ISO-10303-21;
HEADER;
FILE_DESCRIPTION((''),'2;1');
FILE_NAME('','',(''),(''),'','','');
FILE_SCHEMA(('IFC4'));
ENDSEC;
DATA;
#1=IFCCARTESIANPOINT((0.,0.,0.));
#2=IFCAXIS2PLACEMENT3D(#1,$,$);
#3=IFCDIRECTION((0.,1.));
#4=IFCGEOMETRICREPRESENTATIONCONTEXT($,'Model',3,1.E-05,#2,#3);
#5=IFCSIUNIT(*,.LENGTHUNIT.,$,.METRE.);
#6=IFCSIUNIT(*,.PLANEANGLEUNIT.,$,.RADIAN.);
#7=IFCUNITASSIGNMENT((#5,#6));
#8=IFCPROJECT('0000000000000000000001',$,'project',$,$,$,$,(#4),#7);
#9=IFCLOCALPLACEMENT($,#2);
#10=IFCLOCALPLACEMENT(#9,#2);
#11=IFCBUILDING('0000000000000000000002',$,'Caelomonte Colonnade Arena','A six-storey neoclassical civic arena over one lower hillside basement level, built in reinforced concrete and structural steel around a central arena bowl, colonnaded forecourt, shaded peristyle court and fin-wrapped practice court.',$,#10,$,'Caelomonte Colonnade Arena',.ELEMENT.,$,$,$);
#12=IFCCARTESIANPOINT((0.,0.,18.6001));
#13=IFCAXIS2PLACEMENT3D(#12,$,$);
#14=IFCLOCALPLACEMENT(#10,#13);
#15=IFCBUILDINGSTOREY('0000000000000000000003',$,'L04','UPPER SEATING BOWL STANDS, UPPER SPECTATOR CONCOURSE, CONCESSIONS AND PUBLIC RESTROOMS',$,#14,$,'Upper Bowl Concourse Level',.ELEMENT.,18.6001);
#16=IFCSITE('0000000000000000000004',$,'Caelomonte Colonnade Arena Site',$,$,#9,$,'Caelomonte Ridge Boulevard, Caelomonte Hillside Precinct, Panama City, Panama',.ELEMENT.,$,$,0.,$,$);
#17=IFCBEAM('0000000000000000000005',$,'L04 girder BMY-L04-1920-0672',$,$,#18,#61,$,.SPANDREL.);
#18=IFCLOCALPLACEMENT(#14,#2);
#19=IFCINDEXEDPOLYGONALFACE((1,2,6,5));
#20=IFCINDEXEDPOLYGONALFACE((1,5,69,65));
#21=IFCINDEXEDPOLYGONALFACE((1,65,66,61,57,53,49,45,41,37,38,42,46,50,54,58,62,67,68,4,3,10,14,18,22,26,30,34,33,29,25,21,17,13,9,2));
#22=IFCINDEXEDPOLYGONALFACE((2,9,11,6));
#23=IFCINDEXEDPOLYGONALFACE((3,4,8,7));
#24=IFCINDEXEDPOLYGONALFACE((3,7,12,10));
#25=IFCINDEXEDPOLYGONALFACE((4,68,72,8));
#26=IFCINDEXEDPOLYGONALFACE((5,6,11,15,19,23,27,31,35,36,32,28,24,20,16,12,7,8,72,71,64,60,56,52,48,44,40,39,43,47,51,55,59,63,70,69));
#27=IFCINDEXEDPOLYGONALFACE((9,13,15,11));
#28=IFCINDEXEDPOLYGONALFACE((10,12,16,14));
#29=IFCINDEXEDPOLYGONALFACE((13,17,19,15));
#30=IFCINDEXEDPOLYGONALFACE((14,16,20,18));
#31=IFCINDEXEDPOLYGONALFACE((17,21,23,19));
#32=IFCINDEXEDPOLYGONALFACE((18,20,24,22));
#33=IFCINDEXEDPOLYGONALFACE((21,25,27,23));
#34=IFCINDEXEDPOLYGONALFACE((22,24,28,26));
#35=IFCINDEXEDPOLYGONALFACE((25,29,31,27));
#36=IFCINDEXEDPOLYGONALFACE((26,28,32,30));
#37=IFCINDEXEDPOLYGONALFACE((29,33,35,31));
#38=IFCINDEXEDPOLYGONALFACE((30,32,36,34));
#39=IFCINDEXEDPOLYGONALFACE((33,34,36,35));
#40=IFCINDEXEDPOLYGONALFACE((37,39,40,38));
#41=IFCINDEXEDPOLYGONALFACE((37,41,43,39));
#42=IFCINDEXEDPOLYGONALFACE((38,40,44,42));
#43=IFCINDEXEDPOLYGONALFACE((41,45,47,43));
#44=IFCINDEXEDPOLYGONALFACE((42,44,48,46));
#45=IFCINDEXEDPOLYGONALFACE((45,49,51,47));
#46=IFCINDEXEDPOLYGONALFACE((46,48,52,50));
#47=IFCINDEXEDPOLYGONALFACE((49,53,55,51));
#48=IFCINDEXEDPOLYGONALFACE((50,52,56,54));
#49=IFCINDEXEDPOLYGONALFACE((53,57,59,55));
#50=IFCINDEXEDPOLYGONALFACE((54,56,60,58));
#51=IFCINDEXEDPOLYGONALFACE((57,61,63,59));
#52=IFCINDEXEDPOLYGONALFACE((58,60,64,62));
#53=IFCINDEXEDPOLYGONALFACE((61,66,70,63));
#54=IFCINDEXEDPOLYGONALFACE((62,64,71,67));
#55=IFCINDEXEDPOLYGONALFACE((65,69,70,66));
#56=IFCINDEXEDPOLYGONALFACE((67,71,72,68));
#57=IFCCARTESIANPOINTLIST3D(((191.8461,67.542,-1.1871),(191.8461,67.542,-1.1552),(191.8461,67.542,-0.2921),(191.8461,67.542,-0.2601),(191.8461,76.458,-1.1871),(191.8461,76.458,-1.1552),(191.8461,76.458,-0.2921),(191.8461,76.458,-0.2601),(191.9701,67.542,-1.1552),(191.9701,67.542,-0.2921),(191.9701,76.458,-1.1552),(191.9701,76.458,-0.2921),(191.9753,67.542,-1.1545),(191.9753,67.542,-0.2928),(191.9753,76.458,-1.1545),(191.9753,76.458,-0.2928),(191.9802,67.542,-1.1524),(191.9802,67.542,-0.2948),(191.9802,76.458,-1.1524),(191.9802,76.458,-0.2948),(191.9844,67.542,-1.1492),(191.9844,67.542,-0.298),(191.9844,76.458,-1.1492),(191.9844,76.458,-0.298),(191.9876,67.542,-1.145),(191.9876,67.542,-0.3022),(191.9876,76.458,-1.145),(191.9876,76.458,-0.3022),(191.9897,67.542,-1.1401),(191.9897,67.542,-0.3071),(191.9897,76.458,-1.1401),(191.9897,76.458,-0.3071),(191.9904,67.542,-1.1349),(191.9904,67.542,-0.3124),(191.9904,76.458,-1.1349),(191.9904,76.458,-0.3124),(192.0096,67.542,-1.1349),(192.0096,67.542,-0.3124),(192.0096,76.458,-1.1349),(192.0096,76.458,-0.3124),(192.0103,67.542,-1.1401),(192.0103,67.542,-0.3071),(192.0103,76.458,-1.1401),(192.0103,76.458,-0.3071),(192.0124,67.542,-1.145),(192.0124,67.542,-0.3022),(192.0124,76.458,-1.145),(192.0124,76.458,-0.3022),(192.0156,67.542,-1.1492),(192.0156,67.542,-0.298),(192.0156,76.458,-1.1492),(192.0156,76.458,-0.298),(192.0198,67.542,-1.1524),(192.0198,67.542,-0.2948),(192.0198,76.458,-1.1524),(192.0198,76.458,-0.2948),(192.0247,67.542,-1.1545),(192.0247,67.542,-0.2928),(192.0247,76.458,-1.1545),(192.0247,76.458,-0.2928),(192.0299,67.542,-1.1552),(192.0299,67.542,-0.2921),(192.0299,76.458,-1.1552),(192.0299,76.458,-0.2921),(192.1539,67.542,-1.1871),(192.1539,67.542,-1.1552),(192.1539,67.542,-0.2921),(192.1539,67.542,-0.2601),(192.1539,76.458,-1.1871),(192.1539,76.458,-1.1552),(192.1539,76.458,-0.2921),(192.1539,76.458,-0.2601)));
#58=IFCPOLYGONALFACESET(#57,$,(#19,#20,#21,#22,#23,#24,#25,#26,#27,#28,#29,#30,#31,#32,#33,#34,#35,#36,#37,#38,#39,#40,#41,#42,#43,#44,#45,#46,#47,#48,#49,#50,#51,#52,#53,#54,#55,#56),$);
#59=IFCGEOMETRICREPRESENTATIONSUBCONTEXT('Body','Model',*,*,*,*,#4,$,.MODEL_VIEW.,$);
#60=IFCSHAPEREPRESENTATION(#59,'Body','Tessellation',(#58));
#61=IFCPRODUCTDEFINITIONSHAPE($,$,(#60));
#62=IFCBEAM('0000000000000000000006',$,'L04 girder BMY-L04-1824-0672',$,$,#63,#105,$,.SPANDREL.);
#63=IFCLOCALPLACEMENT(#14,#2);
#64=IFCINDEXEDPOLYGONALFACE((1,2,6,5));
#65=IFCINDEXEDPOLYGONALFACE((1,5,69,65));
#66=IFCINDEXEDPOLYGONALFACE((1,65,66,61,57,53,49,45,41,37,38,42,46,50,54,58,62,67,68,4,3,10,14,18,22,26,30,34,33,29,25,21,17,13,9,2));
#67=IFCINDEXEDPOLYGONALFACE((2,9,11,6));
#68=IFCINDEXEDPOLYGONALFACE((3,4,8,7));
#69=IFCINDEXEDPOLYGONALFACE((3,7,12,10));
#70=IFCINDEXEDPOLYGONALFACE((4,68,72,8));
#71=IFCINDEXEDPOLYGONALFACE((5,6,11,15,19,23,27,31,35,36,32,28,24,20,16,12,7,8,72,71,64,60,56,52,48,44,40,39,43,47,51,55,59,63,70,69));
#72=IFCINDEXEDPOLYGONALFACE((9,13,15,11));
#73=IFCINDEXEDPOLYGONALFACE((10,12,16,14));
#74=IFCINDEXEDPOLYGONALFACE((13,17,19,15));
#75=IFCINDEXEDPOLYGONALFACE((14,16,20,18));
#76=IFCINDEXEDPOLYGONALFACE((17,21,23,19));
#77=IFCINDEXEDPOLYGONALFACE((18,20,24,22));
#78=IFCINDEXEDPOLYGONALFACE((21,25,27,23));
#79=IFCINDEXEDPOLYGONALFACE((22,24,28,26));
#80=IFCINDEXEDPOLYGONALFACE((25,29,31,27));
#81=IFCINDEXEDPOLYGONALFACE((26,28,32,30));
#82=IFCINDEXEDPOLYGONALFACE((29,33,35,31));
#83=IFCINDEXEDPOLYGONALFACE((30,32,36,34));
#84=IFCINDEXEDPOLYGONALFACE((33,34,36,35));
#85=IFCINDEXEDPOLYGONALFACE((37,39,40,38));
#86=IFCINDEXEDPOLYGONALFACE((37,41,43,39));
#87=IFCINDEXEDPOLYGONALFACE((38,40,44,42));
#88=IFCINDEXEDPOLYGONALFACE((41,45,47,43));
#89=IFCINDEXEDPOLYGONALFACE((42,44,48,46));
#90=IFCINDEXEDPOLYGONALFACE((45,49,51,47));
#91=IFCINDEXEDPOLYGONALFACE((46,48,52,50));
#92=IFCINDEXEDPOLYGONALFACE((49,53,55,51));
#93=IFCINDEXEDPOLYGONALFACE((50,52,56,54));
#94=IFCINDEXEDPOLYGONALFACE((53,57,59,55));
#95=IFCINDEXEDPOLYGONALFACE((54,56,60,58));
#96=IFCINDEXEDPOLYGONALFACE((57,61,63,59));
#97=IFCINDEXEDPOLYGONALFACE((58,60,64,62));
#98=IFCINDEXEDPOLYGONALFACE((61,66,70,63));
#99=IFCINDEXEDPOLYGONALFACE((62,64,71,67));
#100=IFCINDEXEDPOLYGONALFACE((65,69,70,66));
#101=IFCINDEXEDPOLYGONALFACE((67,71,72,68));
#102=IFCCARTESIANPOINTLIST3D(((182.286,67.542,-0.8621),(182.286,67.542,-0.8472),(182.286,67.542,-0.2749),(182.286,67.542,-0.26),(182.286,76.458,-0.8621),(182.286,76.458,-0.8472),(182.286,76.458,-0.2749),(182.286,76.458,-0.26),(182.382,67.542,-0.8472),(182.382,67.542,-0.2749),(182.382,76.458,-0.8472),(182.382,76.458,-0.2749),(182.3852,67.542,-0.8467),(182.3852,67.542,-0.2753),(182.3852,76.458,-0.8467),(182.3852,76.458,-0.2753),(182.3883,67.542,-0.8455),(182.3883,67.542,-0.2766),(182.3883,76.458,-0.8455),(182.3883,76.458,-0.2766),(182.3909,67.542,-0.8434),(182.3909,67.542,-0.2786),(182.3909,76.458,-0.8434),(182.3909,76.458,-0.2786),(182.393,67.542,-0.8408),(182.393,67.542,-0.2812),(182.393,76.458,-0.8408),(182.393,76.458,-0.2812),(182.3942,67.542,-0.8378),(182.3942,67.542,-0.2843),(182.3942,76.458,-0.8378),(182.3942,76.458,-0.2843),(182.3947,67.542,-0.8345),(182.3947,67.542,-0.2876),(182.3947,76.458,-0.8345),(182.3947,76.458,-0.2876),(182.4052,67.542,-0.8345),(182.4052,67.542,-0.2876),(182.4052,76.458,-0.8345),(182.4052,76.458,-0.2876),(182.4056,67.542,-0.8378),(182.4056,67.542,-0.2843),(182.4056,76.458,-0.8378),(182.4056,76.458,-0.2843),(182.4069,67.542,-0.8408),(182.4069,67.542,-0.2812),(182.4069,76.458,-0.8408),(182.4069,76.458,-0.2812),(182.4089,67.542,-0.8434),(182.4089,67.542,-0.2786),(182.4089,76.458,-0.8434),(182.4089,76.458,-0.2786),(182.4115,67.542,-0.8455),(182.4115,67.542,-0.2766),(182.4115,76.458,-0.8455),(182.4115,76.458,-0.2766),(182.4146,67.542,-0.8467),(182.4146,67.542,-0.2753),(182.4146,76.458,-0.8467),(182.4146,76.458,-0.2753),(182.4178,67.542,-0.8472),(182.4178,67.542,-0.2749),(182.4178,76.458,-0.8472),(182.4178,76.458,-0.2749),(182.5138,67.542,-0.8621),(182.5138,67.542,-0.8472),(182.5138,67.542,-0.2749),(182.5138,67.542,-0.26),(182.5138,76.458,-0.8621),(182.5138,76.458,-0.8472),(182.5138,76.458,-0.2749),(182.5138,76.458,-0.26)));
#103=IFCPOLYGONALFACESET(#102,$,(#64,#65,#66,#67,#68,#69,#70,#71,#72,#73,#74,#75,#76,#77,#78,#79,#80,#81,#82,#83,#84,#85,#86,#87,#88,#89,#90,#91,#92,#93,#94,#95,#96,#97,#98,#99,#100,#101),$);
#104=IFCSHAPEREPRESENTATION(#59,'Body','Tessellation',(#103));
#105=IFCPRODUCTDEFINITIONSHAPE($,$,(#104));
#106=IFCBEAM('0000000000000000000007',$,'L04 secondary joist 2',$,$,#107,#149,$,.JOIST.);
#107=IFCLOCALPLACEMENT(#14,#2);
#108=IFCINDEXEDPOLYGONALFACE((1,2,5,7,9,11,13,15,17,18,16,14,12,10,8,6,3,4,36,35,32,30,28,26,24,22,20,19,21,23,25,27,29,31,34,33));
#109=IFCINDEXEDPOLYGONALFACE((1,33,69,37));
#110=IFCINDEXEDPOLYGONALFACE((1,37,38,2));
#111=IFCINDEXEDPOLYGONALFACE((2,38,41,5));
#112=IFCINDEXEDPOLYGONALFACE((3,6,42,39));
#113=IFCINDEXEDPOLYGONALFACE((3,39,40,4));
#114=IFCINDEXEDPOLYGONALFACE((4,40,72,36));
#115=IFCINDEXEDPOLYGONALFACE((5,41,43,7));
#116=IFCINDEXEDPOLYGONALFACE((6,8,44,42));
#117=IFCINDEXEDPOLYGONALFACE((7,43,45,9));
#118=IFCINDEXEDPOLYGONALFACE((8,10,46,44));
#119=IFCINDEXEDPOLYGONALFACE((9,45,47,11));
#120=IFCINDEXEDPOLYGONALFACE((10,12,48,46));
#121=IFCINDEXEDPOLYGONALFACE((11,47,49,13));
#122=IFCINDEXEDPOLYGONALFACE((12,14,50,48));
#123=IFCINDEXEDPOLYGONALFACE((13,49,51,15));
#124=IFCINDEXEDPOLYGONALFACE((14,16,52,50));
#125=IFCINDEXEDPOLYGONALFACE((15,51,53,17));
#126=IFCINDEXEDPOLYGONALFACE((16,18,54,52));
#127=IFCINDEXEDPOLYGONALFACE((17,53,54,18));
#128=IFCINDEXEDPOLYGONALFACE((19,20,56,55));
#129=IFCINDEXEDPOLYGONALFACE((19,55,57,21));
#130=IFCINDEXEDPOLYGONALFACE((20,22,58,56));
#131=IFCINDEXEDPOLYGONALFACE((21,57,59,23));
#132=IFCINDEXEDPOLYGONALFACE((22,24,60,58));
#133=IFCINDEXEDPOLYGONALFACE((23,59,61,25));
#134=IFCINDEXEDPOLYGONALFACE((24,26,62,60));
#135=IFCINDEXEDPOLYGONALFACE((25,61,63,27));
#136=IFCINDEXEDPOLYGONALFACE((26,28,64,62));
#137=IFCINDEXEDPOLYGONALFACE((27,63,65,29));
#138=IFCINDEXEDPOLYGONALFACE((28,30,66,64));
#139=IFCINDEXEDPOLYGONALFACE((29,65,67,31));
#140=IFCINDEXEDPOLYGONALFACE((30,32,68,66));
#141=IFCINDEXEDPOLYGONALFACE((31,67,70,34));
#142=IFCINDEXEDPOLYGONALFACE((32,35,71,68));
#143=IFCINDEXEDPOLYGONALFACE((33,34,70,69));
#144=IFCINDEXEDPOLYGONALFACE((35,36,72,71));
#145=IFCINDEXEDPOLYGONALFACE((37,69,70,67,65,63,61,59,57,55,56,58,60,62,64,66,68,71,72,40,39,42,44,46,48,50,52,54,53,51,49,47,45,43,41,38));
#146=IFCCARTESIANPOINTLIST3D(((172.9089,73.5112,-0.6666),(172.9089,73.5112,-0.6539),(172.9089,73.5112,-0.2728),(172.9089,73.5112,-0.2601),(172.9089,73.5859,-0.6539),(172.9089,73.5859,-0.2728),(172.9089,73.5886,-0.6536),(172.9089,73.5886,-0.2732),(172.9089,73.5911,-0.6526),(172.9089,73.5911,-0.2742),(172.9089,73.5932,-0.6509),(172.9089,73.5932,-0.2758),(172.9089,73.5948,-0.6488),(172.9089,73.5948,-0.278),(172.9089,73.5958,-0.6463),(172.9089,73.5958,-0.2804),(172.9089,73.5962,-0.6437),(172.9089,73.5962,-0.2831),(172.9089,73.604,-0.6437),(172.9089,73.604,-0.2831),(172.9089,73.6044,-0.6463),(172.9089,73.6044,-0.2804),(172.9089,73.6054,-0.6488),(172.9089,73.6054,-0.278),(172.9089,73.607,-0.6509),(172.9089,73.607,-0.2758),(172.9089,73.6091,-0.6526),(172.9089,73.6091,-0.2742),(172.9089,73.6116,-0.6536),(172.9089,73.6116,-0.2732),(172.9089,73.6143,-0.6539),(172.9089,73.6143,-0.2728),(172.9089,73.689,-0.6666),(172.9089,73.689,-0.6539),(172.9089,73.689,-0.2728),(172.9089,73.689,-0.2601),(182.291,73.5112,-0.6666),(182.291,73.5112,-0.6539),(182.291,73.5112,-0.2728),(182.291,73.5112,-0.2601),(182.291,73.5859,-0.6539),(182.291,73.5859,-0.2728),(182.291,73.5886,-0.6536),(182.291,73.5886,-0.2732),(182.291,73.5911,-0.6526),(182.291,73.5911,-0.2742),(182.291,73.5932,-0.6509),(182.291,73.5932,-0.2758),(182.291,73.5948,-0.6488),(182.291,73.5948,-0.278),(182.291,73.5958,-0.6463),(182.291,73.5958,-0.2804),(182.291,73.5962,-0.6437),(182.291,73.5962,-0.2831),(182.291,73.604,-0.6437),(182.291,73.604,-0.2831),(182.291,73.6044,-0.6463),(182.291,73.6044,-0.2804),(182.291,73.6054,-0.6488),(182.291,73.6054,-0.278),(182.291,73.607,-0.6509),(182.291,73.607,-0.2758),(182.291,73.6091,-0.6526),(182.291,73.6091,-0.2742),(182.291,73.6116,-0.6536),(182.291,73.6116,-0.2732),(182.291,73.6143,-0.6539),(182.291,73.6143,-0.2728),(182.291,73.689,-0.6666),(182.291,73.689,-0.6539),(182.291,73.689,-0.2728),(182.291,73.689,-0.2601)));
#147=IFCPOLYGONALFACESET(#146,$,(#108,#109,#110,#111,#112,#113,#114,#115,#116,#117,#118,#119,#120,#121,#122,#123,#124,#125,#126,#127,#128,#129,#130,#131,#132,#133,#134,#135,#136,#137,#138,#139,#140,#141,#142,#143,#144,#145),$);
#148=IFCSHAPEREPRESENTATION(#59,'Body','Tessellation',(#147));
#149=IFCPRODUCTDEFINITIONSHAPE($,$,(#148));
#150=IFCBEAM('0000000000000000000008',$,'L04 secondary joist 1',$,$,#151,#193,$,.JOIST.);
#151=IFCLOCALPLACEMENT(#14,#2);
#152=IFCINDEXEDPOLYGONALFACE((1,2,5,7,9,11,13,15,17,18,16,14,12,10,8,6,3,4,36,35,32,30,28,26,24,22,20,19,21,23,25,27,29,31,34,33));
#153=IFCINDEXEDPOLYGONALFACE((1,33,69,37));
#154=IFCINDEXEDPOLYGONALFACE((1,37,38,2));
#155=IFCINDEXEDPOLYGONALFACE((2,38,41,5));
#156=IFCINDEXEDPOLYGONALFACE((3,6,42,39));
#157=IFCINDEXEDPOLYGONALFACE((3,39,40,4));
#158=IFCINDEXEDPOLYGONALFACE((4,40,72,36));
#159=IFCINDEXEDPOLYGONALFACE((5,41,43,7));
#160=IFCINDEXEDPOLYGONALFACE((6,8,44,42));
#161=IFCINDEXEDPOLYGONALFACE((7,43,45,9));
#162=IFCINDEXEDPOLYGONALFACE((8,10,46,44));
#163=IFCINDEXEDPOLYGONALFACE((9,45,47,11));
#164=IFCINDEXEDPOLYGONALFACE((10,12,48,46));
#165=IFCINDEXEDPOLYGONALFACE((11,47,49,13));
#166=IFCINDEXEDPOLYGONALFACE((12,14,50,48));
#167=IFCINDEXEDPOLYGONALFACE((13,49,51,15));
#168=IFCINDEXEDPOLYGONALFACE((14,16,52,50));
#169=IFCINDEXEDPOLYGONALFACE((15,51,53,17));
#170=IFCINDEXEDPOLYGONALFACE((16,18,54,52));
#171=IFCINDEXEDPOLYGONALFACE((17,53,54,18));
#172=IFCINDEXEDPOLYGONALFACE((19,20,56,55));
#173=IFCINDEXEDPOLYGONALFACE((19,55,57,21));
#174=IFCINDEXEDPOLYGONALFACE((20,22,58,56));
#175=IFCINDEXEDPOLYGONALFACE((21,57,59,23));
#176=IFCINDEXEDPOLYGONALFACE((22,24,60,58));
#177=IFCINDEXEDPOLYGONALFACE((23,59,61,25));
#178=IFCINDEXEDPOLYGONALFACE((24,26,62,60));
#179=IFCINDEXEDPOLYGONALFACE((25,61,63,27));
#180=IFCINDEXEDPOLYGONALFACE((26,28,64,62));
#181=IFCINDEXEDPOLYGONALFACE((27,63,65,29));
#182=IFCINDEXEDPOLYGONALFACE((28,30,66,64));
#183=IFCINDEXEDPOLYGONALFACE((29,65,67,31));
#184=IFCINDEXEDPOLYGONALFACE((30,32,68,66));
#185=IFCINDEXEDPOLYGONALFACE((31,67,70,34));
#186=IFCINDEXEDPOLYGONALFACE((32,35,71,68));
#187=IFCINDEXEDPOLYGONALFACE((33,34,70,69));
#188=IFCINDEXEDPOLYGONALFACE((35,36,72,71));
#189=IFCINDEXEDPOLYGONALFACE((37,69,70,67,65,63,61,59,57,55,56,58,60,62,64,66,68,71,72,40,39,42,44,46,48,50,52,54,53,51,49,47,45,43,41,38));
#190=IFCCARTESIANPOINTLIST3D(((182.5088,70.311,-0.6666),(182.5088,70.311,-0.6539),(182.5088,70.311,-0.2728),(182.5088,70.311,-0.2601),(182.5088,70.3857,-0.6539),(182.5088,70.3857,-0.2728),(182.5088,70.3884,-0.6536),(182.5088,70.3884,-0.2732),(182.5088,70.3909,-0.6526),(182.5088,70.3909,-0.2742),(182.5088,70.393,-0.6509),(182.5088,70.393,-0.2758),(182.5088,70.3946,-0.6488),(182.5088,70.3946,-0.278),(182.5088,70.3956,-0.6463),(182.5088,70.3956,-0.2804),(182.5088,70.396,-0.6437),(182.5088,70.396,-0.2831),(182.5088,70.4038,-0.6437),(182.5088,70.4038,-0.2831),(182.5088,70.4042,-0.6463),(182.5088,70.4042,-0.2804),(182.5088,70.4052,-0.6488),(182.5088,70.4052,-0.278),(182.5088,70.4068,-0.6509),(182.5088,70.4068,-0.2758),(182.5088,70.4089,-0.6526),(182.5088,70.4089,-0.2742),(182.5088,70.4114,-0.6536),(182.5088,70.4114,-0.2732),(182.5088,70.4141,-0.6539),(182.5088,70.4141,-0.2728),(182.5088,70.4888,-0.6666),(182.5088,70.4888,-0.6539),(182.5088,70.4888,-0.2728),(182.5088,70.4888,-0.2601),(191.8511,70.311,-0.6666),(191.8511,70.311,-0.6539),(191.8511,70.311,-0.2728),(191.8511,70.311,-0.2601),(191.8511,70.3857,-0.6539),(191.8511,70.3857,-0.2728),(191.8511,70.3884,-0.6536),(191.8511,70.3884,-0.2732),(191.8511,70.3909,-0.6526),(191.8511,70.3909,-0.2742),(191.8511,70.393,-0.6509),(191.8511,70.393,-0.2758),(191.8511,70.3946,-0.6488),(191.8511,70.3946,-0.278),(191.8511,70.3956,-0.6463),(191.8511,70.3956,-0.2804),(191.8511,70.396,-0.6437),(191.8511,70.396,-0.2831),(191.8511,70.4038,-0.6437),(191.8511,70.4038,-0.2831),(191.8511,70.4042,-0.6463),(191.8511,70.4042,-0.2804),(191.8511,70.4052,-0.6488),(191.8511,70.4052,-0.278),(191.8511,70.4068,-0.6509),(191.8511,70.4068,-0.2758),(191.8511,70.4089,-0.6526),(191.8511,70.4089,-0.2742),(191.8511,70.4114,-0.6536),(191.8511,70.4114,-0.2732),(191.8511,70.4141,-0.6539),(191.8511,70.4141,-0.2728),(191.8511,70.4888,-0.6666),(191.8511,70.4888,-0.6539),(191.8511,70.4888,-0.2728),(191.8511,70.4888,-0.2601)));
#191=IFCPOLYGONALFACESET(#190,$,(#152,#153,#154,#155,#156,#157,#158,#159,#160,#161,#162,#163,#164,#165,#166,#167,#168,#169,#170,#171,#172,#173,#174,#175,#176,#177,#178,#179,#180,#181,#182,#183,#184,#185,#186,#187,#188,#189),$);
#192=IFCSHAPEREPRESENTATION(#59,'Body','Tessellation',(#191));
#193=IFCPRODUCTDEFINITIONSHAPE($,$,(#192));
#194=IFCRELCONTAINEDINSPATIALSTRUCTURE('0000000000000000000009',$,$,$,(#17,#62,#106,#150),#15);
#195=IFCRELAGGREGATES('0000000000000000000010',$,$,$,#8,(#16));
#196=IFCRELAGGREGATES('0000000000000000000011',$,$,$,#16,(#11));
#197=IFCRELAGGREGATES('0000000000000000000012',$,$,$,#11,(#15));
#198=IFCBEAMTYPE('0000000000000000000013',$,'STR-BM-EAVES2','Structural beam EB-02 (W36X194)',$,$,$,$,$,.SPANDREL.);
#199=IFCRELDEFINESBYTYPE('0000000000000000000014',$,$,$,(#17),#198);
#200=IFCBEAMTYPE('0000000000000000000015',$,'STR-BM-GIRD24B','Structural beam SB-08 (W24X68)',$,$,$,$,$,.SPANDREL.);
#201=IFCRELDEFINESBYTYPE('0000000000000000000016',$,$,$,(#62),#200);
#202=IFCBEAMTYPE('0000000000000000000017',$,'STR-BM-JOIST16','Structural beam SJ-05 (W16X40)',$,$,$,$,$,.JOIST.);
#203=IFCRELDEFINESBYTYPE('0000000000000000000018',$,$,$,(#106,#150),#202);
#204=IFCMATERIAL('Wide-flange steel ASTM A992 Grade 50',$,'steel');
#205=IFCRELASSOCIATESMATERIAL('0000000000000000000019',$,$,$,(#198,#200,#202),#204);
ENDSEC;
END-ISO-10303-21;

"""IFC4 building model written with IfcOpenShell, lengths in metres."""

from ifc_helpers import new_model, si_unit, direction, frame, origin, origin_2d, place, context, subcontext, project, spatial, i_section, extrude, material, material_profile, profile_set, type_object, element, save


model = new_model("IFC4")

# Units and contexts
model_context = context("Model", 3, precision=1e-05, world=origin(), true_north=direction((0.0, 1.0)))
body_context = subcontext(model_context, "Body", "Model", "MODEL_VIEW")
ifc_project = project(units=[si_unit("LENGTHUNIT", "METRE"), si_unit("PLANEANGLEUNIT", "RADIAN")], contexts=[model_context])

# Site, building, storey
site_placement = place(None, origin())
site = spatial("IfcSite", under=ifc_project, at=site_placement, Name="Caelomonte Colonnade Arena Site", LongName="Caelomonte Ridge Boulevard, Caelomonte Hillside Precinct, Panama City, Panama", CompositionType="ELEMENT", RefElevation=0.0)
building_placement = place(site_placement, origin())
building = spatial("IfcBuilding", under=site, at=building_placement, Name="Caelomonte Colonnade Arena", Description="A six-storey neoclassical civic arena over one lower hillside basement level, built in reinforced concrete and structural steel around a central arena bowl, colonnaded forecourt, shaded peristyle court and fin-wrapped practice court.", LongName="Caelomonte Colonnade Arena", CompositionType="ELEMENT")
storey_placement = place(building_placement, frame((0.0, 0.0, 18.6001)))
storey = spatial("IfcBuildingStorey", under=building, at=storey_placement, Name="L04", Description="UPPER SEATING BOWL STANDS, UPPER SPECTATOR CONCOURSE, CONCESSIONS AND PUBLIC RESTROOMS", LongName="Upper Bowl Concourse Level", CompositionType="ELEMENT", Elevation=18.6001)

# Beams
ifc_material_1 = material(Name="Wide-flange steel ASTM A992 Grade 50", Category="steel")
ifc_material_profile_1 = material_profile(ifc_material_1, i_section(OverallWidth=0.3079, OverallDepth=0.927, WebThickness=0.0193, FlangeThickness=0.032, FilletRadius=0.0203, at=origin_2d()), Name="W36X194")
ifc_profile_set_1 = profile_set([ifc_material_profile_1], Name="Wide-flange steel ASTM A992 Grade 50")
beam_type_1 = type_object("IfcBeamType", Name="STR-BM-EAVES2", Description="Structural beam EB-02 (W36X194)", PredefinedType="SPANDREL", material=ifc_profile_set_1)
beam_1_placement = place(storey_placement, frame((192.0, 67.542, -0.7236), z_axis=(0.0, 1.0, 0.0), x_axis=(-1.0, 0.0, 0.0)))
element("IfcBeam", 1, at=beam_1_placement, inside=storey, type_object=beam_type_1, Name="L04 girder BMY-L04-1920-0672", PredefinedType="SPANDREL", context=body_context, shape_type="SweptSolid", body=[
    extrude(i_section(OverallWidth=0.3079, OverallDepth=0.927, WebThickness=0.0193, FlangeThickness=0.032, FilletRadius=0.0203, at=origin_2d()), origin(), (0.0, 0.0, 1.0), 8.916),
])
ifc_material_profile_2 = material_profile(ifc_material_1, i_section(OverallWidth=0.2278, OverallDepth=0.6021, WebThickness=0.0105, FlangeThickness=0.0149, FilletRadius=0.0127, at=origin_2d()), Name="W24X68")
ifc_profile_set_2 = profile_set([ifc_material_profile_2], Name="Wide-flange steel ASTM A992 Grade 50")
beam_type_2 = type_object("IfcBeamType", Name="STR-BM-GIRD24B", Description="Structural beam SB-08 (W24X68)", PredefinedType="SPANDREL", material=ifc_profile_set_2)
beam_2_placement = place(storey_placement, frame((182.3999, 67.542, -0.561), z_axis=(0.0, 1.0, 0.0), x_axis=(-1.0, 0.0, 0.0)))
element("IfcBeam", 2, at=beam_2_placement, inside=storey, type_object=beam_type_2, Name="L04 girder BMY-L04-1824-0672", PredefinedType="SPANDREL", context=body_context, shape_type="SweptSolid", body=[
    extrude(i_section(OverallWidth=0.2278, OverallDepth=0.6021, WebThickness=0.0105, FlangeThickness=0.0149, FilletRadius=0.0127, at=origin_2d()), origin(), (0.0, 0.0, 1.0), 8.916),
])
ifc_material_profile_3 = material_profile(ifc_material_1, i_section(OverallWidth=0.1777, OverallDepth=0.4065, WebThickness=0.0078, FlangeThickness=0.0127, FilletRadius=0.0103, at=origin_2d()), Name="W16X40")
ifc_profile_set_3 = profile_set([ifc_material_profile_3], Name="Wide-flange steel ASTM A992 Grade 50")
beam_type_3 = type_object("IfcBeamType", Name="STR-BM-JOIST16", Description="Structural beam SJ-05 (W16X40)", PredefinedType="JOIST", material=ifc_profile_set_3)
beam_3_placement = place(storey_placement, frame((172.9089, 73.6001, -0.4634), z_axis=(1.0, 0.0, 0.0), x_axis=(0.0, 1.0, 0.0)))
element("IfcBeam", 3, at=beam_3_placement, inside=storey, type_object=beam_type_3, Name="L04 secondary joist 2", PredefinedType="JOIST", context=body_context, shape_type="SweptSolid", body=[
    extrude(i_section(OverallWidth=0.1777, OverallDepth=0.4065, WebThickness=0.0078, FlangeThickness=0.0127, FilletRadius=0.0103, at=origin_2d()), origin(), (0.0, 0.0, 1.0), 9.3821),
])
for number, where, z_axis, x_axis, name in (
    (4, (182.5088, 70.3999, -0.4634), (1.0, 0.0, 0.0), (0.0, 1.0, 0.0), "L04 secondary joist 1"),
):
    element("IfcBeam", number, at=place(storey_placement, frame(where, z_axis=z_axis, x_axis=x_axis)), inside=storey, type_object=beam_type_3, Name=name, PredefinedType="JOIST", context=body_context, shape_type="SweptSolid", body=[
        extrude(i_section(OverallWidth=0.1777, OverallDepth=0.4065, WebThickness=0.0078, FlangeThickness=0.0127, FilletRadius=0.0103, at=origin_2d()), origin(), (0.0, 0.0, 1.0), 9.3423),
    ])

save(model, "model.ifc")
